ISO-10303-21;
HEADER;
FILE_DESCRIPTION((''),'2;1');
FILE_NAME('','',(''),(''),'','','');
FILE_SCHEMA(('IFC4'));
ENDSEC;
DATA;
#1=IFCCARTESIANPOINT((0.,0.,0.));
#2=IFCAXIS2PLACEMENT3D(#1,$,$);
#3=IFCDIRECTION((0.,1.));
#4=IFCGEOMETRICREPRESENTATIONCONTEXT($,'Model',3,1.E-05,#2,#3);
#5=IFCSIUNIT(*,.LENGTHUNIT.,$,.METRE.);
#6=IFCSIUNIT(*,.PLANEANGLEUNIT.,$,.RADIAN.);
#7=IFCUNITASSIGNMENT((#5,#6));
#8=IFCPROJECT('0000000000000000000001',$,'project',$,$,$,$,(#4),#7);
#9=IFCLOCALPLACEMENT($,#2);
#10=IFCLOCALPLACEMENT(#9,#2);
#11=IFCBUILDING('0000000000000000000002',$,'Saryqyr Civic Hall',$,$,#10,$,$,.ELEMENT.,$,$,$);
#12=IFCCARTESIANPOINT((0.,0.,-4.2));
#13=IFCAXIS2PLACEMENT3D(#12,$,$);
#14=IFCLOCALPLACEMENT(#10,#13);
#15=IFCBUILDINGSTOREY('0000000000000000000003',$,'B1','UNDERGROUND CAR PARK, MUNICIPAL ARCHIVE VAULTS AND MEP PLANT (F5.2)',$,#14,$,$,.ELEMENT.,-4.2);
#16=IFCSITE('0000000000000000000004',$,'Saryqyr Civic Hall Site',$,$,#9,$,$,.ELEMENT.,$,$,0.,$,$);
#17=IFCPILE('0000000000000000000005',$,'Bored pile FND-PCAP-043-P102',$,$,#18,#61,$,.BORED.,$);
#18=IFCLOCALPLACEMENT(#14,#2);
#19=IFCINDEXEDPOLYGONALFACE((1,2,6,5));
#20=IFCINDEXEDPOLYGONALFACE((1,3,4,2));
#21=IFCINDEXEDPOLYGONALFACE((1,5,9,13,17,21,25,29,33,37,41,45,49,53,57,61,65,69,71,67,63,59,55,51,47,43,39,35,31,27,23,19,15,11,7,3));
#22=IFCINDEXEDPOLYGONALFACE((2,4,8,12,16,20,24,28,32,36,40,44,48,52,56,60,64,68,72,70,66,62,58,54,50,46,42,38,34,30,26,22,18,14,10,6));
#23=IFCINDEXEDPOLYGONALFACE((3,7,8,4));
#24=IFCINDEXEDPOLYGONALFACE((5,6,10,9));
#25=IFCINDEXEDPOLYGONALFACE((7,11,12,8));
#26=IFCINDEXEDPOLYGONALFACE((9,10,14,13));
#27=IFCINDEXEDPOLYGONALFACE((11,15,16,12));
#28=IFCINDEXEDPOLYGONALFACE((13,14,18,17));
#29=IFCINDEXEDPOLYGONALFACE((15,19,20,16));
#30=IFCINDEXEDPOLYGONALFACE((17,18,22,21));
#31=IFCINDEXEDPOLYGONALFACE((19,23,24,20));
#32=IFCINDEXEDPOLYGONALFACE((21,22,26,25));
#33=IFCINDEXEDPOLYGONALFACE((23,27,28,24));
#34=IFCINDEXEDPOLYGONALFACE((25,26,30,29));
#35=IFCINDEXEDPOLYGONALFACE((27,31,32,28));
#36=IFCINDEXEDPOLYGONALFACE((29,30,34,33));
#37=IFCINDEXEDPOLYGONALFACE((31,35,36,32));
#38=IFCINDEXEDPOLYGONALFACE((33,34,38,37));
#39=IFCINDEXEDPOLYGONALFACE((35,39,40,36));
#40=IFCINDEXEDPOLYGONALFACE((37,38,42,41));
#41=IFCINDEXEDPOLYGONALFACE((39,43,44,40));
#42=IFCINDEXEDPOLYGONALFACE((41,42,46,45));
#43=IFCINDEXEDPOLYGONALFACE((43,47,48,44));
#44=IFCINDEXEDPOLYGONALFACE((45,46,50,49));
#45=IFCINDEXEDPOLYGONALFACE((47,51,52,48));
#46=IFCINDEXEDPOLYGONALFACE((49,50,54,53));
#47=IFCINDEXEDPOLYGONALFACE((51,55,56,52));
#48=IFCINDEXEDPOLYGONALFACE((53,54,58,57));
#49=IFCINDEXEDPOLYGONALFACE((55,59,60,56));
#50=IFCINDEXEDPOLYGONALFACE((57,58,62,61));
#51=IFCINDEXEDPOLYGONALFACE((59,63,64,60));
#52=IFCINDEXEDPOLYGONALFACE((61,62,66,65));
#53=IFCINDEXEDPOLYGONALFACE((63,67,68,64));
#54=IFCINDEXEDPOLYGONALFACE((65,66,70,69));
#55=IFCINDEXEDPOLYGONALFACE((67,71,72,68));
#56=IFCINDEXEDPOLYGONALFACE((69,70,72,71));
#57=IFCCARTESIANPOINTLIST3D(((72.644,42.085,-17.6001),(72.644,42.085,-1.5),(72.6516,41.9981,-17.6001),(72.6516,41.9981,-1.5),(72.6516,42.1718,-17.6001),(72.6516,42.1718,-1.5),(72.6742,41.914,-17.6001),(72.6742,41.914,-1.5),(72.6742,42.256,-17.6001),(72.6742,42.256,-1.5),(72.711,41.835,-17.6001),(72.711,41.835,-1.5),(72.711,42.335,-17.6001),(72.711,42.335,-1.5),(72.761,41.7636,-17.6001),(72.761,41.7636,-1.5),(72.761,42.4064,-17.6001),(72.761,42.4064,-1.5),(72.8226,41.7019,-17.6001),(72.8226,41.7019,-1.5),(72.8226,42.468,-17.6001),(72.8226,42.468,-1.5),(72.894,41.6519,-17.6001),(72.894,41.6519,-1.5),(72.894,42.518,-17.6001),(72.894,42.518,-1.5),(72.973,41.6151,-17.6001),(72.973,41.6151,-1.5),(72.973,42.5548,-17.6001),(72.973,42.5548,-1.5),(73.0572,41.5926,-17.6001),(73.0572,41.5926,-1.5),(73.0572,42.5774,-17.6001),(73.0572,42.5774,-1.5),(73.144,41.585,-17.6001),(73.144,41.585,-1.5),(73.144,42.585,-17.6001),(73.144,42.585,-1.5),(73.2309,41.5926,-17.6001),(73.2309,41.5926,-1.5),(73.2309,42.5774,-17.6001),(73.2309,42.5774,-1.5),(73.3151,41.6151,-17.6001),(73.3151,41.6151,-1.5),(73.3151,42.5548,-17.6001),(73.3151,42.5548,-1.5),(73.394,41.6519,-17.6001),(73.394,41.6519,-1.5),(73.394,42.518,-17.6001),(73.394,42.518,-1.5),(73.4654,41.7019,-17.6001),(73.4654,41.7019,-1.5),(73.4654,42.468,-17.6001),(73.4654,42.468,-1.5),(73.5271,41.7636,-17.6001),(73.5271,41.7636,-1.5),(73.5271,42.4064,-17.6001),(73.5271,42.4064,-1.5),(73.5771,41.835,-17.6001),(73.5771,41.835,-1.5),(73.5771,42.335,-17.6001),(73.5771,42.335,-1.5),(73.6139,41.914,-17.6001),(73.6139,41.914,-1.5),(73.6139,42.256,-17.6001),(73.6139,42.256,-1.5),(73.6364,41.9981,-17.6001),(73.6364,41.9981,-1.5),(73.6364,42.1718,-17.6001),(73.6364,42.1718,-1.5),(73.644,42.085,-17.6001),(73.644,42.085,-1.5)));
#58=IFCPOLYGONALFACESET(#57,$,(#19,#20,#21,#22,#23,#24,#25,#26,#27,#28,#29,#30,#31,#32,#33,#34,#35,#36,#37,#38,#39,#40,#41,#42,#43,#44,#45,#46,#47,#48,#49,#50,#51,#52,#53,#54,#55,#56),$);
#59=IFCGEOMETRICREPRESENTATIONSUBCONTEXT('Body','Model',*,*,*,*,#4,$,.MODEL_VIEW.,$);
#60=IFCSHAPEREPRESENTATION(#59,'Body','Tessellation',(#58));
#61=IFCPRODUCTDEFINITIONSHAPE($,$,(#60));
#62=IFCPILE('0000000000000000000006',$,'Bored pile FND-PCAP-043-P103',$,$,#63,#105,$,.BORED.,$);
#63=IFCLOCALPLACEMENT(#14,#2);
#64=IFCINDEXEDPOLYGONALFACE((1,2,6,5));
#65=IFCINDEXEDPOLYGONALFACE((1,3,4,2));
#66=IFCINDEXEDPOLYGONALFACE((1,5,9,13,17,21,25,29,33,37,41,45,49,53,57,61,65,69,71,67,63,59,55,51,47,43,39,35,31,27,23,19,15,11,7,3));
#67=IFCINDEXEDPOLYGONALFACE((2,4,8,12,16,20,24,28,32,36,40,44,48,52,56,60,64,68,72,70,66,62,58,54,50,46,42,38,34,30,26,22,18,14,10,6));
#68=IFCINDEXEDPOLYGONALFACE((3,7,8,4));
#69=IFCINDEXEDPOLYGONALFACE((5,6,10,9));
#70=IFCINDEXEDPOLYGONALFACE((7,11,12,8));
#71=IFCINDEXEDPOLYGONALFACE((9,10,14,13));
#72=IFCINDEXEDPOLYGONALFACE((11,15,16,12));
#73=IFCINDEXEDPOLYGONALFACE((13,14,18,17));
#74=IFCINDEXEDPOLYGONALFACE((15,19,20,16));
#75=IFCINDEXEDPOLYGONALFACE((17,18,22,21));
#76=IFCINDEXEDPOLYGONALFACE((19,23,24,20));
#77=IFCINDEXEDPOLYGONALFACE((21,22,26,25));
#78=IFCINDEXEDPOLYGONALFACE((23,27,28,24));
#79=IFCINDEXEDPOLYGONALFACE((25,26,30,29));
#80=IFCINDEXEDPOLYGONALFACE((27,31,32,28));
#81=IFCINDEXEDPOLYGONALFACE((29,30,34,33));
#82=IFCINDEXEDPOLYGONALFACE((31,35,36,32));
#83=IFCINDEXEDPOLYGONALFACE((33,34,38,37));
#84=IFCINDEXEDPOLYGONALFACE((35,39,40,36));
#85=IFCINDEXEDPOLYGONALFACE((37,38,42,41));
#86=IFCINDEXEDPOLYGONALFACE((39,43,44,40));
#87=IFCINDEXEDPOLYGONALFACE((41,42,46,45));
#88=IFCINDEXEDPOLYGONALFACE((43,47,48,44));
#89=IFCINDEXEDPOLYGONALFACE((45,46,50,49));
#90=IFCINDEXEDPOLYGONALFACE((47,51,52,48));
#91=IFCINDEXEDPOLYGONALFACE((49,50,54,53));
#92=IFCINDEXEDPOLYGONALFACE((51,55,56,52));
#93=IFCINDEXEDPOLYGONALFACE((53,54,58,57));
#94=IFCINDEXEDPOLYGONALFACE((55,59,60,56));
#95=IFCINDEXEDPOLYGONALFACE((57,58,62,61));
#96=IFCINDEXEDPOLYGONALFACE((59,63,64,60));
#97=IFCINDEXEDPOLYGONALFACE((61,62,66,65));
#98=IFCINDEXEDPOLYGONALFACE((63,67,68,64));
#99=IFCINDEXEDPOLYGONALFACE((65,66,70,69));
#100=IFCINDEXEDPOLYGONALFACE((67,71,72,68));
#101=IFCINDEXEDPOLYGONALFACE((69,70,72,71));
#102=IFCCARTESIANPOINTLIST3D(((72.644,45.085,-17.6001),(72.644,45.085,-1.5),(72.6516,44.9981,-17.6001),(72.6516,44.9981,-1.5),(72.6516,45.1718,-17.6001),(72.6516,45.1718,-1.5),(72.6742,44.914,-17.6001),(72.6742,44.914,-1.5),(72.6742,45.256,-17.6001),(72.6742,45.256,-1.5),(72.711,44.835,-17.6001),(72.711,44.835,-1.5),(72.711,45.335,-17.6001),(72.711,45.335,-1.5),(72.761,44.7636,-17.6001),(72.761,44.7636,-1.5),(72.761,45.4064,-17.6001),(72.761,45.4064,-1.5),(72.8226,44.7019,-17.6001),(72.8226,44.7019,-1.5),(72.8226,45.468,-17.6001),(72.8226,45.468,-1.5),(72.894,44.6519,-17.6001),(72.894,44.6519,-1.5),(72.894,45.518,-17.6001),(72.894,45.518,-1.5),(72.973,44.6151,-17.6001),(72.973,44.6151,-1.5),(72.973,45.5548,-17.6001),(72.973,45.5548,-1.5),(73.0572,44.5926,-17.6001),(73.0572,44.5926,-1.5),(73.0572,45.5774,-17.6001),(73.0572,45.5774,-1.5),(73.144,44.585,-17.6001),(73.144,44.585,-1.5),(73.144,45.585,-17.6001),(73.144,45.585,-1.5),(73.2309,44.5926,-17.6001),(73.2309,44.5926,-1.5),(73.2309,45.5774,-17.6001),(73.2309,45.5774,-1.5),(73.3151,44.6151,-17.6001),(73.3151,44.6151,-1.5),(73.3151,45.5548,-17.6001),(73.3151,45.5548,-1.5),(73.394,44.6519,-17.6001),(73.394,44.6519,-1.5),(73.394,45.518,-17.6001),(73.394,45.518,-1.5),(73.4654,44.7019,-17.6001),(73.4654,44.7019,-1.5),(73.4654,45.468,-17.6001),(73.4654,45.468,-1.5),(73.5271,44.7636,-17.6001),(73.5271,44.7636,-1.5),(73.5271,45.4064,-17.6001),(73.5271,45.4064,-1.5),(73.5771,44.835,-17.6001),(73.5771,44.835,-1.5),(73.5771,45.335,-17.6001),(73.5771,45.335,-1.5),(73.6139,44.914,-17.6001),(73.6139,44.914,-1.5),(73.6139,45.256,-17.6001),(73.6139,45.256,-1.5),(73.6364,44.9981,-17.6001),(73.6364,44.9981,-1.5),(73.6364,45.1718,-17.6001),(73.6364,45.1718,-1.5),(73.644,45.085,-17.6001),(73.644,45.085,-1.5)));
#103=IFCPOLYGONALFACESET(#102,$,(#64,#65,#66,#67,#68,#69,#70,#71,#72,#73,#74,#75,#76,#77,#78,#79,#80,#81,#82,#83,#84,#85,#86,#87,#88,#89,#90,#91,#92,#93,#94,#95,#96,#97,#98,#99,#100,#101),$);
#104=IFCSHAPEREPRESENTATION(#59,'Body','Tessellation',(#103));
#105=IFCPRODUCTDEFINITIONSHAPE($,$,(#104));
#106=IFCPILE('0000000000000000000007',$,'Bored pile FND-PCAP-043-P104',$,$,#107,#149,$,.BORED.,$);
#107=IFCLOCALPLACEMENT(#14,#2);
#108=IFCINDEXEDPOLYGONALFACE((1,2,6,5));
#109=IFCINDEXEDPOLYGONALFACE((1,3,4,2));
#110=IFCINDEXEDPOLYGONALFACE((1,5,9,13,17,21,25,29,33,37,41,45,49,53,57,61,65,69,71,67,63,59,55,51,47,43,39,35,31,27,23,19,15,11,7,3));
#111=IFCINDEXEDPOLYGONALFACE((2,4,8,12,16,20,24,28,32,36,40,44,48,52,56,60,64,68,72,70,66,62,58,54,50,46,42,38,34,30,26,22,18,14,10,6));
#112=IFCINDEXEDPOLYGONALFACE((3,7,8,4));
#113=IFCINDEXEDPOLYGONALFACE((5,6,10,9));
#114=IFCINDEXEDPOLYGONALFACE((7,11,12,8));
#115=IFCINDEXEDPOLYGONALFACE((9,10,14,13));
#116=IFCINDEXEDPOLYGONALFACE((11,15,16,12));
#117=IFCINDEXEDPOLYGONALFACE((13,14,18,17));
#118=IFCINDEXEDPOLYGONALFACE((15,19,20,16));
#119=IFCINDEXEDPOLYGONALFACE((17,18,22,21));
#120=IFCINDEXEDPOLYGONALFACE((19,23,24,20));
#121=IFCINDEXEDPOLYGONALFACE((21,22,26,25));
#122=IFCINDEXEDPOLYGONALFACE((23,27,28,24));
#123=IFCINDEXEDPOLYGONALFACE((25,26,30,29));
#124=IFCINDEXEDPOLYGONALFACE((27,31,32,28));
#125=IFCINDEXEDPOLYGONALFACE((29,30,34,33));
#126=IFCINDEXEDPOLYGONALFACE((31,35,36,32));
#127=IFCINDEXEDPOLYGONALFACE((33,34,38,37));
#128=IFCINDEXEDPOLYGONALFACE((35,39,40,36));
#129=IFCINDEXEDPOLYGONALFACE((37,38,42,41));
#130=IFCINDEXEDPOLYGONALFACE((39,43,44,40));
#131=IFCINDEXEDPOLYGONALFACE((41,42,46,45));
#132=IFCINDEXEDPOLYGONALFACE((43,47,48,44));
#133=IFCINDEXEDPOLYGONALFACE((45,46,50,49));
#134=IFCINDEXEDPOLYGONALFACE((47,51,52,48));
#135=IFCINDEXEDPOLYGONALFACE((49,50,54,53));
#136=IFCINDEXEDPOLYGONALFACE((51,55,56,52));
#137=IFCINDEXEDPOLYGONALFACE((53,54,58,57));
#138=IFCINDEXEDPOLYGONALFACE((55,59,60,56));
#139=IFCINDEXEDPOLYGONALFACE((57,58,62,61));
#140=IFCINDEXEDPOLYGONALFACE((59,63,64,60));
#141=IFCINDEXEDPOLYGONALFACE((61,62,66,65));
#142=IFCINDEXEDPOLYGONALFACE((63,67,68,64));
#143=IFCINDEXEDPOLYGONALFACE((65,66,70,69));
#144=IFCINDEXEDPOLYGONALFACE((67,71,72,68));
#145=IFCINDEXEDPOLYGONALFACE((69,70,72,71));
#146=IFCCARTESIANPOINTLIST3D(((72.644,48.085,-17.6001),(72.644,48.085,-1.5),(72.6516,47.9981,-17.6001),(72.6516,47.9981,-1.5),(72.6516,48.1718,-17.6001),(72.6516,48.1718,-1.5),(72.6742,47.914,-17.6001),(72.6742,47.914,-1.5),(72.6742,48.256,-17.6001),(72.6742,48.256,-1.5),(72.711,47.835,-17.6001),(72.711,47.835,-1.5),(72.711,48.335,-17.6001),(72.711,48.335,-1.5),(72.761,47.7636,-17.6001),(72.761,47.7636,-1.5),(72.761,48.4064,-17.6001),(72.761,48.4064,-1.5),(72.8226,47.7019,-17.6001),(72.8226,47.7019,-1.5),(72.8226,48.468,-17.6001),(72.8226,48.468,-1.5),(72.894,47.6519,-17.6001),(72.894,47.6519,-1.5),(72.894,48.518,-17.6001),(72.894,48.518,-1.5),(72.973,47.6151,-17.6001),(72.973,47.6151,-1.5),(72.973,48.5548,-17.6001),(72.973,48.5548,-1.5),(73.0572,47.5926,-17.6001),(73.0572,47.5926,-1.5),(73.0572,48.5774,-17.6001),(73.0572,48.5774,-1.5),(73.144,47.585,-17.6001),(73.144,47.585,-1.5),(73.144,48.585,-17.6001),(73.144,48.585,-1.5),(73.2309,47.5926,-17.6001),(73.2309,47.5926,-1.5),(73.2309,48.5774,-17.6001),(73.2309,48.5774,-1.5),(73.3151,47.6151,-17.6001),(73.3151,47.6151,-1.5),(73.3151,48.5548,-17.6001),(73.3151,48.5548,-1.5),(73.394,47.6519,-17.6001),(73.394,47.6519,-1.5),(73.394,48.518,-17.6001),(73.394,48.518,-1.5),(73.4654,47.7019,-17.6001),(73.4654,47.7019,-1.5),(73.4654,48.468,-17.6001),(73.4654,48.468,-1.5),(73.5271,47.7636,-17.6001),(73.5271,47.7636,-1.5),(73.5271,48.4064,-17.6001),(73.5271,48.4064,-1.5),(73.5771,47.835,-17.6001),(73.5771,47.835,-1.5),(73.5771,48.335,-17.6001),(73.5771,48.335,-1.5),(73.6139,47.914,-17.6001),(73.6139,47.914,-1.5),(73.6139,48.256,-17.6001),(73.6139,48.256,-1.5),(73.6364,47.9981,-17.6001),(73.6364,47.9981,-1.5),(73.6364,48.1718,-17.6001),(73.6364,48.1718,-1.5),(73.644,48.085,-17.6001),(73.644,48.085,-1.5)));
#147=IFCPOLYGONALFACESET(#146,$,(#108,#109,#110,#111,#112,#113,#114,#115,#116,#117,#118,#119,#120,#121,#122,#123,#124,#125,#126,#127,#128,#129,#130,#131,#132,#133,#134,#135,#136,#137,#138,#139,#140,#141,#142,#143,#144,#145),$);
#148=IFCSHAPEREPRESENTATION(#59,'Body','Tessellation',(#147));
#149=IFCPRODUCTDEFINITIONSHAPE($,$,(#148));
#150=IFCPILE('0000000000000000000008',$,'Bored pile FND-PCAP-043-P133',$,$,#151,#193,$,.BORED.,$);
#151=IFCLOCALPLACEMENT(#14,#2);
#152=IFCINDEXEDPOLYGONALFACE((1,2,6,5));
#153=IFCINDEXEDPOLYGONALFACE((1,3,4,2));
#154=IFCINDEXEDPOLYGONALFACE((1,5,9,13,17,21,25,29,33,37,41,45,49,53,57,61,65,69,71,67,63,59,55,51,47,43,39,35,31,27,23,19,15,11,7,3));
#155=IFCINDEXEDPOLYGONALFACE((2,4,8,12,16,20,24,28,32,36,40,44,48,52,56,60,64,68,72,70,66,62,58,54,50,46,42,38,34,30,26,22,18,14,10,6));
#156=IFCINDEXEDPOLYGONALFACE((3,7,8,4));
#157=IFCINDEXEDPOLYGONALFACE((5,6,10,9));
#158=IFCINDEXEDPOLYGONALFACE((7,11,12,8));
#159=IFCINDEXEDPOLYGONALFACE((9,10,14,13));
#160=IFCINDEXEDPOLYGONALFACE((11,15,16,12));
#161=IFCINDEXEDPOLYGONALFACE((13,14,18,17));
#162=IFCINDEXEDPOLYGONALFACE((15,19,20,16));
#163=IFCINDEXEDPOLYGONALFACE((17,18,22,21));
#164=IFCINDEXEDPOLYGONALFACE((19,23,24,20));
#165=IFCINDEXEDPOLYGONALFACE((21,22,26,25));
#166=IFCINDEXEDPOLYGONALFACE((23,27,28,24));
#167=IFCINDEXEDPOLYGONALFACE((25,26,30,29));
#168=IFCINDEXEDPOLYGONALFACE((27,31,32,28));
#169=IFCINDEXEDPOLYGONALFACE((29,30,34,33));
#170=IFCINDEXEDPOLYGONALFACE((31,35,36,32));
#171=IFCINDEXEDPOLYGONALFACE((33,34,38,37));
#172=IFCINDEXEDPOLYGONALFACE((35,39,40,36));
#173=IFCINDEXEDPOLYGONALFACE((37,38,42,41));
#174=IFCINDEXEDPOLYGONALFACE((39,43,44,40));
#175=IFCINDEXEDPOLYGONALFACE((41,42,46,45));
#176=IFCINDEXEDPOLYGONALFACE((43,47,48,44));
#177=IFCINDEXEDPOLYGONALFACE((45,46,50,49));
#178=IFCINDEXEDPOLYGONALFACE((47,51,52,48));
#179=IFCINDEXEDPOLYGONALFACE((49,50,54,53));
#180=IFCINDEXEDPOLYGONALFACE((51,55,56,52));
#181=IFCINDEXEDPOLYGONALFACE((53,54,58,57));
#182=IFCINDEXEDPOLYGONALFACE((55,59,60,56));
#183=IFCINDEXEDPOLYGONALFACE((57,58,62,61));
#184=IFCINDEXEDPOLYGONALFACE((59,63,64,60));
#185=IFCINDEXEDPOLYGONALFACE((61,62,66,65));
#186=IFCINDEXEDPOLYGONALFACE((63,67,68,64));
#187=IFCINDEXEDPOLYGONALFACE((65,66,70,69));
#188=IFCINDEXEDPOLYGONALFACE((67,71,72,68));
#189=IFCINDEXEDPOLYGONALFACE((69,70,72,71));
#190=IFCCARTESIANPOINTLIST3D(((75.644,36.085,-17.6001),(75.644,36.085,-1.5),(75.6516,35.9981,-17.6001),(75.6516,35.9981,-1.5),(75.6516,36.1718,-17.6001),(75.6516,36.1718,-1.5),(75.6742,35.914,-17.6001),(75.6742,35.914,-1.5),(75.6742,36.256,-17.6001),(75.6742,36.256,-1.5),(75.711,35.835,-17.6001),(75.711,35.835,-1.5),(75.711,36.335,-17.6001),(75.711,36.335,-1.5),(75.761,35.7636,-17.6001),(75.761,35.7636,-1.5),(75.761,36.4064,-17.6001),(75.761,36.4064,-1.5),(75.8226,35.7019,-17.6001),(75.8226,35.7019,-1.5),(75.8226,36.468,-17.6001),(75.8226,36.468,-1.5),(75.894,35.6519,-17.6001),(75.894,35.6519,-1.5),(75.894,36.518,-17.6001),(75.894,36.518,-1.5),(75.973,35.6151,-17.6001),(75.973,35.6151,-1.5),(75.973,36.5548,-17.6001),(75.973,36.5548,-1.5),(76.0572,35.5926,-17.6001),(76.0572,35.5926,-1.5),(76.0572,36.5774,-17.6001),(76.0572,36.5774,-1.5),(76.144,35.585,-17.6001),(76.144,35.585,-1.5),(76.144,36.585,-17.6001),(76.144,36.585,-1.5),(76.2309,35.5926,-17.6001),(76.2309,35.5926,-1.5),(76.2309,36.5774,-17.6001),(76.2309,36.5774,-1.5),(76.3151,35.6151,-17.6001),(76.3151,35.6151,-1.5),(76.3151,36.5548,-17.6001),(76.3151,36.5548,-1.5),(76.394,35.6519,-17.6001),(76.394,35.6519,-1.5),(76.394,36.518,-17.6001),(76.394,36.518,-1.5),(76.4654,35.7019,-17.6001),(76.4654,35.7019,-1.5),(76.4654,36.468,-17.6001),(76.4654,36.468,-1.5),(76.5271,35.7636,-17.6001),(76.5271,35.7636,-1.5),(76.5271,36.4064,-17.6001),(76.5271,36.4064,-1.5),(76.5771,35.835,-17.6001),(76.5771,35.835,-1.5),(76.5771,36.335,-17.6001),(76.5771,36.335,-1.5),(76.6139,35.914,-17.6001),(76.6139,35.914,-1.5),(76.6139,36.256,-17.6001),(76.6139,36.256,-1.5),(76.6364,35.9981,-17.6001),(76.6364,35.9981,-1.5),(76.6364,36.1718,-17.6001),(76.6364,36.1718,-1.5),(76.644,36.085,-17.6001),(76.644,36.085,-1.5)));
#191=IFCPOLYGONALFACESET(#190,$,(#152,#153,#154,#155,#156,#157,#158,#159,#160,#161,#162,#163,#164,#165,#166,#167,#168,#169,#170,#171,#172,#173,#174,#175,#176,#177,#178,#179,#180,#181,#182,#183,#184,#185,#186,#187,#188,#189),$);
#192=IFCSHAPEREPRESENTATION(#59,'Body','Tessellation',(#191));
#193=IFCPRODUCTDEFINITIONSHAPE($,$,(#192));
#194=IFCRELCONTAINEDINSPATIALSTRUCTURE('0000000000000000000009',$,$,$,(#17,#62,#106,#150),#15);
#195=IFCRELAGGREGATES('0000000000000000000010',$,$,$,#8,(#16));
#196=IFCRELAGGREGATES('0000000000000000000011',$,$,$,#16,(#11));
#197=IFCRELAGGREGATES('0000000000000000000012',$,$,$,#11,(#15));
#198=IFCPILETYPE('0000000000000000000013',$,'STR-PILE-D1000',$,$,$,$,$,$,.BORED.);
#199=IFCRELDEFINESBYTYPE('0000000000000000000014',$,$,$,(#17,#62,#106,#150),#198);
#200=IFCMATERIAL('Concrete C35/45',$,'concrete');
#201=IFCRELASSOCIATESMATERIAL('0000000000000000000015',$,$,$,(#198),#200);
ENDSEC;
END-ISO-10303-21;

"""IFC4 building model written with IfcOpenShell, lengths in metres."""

from ifc_helpers import new_model, si_unit, direction, frame, origin, origin_2d, place, context, subcontext, project, spatial, circle, extrude, material, material_profile, profile_set, type_object, element, save


model = new_model("IFC4")

# Units and contexts
model_context = context("Model", 3, precision=1e-05, world=origin(), true_north=direction((0.0, 1.0)))
body_context = subcontext(model_context, "Body", "Model", "MODEL_VIEW")
ifc_project = project(units=[si_unit("LENGTHUNIT", "METRE"), si_unit("PLANEANGLEUNIT", "RADIAN")], contexts=[model_context])

# Site, building, storey
site_placement = place(None, origin())
site = spatial("IfcSite", under=ifc_project, at=site_placement, Name="Saryqyr Civic Hall Site", CompositionType="ELEMENT", RefElevation=0.0)
building_placement = place(site_placement, origin())
building = spatial("IfcBuilding", under=site, at=building_placement, Name="Saryqyr Civic Hall", CompositionType="ELEMENT")
storey_placement = place(building_placement, frame((0.0, 0.0, -4.2)))
storey = spatial("IfcBuildingStorey", under=building, at=storey_placement, Name="B1", Description="UNDERGROUND CAR PARK, MUNICIPAL ARCHIVE VAULTS AND MEP PLANT (F5.2)", CompositionType="ELEMENT", Elevation=-4.2)

# Piles
ifc_material_1 = material(Name="Concrete C35/45", Category="concrete")
ifc_material_profile_1 = material_profile(ifc_material_1, circle(Radius=0.5, at=origin_2d()), Name="BORED PILE D1000")
ifc_profile_set_1 = profile_set([ifc_material_profile_1], Name="Concrete C35/45")
pile_type = type_object("IfcPileType", Name="STR-PILE-D1000", PredefinedType="BORED", material=ifc_profile_set_1)
for number, where, z_axis, x_axis, name in (
    (1, (73.144, 42.085, -1.5), (0.0, 0.0, -1.0), (1.0, 0.0, 0.0), "Bored pile FND-PCAP-043-P102"),
    (2, (73.144, 45.085, -1.5), (0.0, 0.0, -1.0), (1.0, 0.0, 0.0), "Bored pile FND-PCAP-043-P103"),
    (3, (73.144, 48.085, -1.5), (0.0, 0.0, -1.0), (1.0, 0.0, 0.0), "Bored pile FND-PCAP-043-P104"),
    (4, (76.144, 36.085, -1.5), (0.0, 0.0, -1.0), (1.0, 0.0, 0.0), "Bored pile FND-PCAP-043-P133"),
):
    element("IfcPile", number, at=place(storey_placement, frame(where, z_axis=z_axis, x_axis=x_axis)), inside=storey, type_object=pile_type, Name=name, PredefinedType="BORED", context=body_context, shape_type="SweptSolid", body=[
        extrude(circle(Radius=0.5, at=origin_2d()), origin(), (0.0, 0.0, 1.0), 16.1001),
    ])

save(model, "model.ifc")
